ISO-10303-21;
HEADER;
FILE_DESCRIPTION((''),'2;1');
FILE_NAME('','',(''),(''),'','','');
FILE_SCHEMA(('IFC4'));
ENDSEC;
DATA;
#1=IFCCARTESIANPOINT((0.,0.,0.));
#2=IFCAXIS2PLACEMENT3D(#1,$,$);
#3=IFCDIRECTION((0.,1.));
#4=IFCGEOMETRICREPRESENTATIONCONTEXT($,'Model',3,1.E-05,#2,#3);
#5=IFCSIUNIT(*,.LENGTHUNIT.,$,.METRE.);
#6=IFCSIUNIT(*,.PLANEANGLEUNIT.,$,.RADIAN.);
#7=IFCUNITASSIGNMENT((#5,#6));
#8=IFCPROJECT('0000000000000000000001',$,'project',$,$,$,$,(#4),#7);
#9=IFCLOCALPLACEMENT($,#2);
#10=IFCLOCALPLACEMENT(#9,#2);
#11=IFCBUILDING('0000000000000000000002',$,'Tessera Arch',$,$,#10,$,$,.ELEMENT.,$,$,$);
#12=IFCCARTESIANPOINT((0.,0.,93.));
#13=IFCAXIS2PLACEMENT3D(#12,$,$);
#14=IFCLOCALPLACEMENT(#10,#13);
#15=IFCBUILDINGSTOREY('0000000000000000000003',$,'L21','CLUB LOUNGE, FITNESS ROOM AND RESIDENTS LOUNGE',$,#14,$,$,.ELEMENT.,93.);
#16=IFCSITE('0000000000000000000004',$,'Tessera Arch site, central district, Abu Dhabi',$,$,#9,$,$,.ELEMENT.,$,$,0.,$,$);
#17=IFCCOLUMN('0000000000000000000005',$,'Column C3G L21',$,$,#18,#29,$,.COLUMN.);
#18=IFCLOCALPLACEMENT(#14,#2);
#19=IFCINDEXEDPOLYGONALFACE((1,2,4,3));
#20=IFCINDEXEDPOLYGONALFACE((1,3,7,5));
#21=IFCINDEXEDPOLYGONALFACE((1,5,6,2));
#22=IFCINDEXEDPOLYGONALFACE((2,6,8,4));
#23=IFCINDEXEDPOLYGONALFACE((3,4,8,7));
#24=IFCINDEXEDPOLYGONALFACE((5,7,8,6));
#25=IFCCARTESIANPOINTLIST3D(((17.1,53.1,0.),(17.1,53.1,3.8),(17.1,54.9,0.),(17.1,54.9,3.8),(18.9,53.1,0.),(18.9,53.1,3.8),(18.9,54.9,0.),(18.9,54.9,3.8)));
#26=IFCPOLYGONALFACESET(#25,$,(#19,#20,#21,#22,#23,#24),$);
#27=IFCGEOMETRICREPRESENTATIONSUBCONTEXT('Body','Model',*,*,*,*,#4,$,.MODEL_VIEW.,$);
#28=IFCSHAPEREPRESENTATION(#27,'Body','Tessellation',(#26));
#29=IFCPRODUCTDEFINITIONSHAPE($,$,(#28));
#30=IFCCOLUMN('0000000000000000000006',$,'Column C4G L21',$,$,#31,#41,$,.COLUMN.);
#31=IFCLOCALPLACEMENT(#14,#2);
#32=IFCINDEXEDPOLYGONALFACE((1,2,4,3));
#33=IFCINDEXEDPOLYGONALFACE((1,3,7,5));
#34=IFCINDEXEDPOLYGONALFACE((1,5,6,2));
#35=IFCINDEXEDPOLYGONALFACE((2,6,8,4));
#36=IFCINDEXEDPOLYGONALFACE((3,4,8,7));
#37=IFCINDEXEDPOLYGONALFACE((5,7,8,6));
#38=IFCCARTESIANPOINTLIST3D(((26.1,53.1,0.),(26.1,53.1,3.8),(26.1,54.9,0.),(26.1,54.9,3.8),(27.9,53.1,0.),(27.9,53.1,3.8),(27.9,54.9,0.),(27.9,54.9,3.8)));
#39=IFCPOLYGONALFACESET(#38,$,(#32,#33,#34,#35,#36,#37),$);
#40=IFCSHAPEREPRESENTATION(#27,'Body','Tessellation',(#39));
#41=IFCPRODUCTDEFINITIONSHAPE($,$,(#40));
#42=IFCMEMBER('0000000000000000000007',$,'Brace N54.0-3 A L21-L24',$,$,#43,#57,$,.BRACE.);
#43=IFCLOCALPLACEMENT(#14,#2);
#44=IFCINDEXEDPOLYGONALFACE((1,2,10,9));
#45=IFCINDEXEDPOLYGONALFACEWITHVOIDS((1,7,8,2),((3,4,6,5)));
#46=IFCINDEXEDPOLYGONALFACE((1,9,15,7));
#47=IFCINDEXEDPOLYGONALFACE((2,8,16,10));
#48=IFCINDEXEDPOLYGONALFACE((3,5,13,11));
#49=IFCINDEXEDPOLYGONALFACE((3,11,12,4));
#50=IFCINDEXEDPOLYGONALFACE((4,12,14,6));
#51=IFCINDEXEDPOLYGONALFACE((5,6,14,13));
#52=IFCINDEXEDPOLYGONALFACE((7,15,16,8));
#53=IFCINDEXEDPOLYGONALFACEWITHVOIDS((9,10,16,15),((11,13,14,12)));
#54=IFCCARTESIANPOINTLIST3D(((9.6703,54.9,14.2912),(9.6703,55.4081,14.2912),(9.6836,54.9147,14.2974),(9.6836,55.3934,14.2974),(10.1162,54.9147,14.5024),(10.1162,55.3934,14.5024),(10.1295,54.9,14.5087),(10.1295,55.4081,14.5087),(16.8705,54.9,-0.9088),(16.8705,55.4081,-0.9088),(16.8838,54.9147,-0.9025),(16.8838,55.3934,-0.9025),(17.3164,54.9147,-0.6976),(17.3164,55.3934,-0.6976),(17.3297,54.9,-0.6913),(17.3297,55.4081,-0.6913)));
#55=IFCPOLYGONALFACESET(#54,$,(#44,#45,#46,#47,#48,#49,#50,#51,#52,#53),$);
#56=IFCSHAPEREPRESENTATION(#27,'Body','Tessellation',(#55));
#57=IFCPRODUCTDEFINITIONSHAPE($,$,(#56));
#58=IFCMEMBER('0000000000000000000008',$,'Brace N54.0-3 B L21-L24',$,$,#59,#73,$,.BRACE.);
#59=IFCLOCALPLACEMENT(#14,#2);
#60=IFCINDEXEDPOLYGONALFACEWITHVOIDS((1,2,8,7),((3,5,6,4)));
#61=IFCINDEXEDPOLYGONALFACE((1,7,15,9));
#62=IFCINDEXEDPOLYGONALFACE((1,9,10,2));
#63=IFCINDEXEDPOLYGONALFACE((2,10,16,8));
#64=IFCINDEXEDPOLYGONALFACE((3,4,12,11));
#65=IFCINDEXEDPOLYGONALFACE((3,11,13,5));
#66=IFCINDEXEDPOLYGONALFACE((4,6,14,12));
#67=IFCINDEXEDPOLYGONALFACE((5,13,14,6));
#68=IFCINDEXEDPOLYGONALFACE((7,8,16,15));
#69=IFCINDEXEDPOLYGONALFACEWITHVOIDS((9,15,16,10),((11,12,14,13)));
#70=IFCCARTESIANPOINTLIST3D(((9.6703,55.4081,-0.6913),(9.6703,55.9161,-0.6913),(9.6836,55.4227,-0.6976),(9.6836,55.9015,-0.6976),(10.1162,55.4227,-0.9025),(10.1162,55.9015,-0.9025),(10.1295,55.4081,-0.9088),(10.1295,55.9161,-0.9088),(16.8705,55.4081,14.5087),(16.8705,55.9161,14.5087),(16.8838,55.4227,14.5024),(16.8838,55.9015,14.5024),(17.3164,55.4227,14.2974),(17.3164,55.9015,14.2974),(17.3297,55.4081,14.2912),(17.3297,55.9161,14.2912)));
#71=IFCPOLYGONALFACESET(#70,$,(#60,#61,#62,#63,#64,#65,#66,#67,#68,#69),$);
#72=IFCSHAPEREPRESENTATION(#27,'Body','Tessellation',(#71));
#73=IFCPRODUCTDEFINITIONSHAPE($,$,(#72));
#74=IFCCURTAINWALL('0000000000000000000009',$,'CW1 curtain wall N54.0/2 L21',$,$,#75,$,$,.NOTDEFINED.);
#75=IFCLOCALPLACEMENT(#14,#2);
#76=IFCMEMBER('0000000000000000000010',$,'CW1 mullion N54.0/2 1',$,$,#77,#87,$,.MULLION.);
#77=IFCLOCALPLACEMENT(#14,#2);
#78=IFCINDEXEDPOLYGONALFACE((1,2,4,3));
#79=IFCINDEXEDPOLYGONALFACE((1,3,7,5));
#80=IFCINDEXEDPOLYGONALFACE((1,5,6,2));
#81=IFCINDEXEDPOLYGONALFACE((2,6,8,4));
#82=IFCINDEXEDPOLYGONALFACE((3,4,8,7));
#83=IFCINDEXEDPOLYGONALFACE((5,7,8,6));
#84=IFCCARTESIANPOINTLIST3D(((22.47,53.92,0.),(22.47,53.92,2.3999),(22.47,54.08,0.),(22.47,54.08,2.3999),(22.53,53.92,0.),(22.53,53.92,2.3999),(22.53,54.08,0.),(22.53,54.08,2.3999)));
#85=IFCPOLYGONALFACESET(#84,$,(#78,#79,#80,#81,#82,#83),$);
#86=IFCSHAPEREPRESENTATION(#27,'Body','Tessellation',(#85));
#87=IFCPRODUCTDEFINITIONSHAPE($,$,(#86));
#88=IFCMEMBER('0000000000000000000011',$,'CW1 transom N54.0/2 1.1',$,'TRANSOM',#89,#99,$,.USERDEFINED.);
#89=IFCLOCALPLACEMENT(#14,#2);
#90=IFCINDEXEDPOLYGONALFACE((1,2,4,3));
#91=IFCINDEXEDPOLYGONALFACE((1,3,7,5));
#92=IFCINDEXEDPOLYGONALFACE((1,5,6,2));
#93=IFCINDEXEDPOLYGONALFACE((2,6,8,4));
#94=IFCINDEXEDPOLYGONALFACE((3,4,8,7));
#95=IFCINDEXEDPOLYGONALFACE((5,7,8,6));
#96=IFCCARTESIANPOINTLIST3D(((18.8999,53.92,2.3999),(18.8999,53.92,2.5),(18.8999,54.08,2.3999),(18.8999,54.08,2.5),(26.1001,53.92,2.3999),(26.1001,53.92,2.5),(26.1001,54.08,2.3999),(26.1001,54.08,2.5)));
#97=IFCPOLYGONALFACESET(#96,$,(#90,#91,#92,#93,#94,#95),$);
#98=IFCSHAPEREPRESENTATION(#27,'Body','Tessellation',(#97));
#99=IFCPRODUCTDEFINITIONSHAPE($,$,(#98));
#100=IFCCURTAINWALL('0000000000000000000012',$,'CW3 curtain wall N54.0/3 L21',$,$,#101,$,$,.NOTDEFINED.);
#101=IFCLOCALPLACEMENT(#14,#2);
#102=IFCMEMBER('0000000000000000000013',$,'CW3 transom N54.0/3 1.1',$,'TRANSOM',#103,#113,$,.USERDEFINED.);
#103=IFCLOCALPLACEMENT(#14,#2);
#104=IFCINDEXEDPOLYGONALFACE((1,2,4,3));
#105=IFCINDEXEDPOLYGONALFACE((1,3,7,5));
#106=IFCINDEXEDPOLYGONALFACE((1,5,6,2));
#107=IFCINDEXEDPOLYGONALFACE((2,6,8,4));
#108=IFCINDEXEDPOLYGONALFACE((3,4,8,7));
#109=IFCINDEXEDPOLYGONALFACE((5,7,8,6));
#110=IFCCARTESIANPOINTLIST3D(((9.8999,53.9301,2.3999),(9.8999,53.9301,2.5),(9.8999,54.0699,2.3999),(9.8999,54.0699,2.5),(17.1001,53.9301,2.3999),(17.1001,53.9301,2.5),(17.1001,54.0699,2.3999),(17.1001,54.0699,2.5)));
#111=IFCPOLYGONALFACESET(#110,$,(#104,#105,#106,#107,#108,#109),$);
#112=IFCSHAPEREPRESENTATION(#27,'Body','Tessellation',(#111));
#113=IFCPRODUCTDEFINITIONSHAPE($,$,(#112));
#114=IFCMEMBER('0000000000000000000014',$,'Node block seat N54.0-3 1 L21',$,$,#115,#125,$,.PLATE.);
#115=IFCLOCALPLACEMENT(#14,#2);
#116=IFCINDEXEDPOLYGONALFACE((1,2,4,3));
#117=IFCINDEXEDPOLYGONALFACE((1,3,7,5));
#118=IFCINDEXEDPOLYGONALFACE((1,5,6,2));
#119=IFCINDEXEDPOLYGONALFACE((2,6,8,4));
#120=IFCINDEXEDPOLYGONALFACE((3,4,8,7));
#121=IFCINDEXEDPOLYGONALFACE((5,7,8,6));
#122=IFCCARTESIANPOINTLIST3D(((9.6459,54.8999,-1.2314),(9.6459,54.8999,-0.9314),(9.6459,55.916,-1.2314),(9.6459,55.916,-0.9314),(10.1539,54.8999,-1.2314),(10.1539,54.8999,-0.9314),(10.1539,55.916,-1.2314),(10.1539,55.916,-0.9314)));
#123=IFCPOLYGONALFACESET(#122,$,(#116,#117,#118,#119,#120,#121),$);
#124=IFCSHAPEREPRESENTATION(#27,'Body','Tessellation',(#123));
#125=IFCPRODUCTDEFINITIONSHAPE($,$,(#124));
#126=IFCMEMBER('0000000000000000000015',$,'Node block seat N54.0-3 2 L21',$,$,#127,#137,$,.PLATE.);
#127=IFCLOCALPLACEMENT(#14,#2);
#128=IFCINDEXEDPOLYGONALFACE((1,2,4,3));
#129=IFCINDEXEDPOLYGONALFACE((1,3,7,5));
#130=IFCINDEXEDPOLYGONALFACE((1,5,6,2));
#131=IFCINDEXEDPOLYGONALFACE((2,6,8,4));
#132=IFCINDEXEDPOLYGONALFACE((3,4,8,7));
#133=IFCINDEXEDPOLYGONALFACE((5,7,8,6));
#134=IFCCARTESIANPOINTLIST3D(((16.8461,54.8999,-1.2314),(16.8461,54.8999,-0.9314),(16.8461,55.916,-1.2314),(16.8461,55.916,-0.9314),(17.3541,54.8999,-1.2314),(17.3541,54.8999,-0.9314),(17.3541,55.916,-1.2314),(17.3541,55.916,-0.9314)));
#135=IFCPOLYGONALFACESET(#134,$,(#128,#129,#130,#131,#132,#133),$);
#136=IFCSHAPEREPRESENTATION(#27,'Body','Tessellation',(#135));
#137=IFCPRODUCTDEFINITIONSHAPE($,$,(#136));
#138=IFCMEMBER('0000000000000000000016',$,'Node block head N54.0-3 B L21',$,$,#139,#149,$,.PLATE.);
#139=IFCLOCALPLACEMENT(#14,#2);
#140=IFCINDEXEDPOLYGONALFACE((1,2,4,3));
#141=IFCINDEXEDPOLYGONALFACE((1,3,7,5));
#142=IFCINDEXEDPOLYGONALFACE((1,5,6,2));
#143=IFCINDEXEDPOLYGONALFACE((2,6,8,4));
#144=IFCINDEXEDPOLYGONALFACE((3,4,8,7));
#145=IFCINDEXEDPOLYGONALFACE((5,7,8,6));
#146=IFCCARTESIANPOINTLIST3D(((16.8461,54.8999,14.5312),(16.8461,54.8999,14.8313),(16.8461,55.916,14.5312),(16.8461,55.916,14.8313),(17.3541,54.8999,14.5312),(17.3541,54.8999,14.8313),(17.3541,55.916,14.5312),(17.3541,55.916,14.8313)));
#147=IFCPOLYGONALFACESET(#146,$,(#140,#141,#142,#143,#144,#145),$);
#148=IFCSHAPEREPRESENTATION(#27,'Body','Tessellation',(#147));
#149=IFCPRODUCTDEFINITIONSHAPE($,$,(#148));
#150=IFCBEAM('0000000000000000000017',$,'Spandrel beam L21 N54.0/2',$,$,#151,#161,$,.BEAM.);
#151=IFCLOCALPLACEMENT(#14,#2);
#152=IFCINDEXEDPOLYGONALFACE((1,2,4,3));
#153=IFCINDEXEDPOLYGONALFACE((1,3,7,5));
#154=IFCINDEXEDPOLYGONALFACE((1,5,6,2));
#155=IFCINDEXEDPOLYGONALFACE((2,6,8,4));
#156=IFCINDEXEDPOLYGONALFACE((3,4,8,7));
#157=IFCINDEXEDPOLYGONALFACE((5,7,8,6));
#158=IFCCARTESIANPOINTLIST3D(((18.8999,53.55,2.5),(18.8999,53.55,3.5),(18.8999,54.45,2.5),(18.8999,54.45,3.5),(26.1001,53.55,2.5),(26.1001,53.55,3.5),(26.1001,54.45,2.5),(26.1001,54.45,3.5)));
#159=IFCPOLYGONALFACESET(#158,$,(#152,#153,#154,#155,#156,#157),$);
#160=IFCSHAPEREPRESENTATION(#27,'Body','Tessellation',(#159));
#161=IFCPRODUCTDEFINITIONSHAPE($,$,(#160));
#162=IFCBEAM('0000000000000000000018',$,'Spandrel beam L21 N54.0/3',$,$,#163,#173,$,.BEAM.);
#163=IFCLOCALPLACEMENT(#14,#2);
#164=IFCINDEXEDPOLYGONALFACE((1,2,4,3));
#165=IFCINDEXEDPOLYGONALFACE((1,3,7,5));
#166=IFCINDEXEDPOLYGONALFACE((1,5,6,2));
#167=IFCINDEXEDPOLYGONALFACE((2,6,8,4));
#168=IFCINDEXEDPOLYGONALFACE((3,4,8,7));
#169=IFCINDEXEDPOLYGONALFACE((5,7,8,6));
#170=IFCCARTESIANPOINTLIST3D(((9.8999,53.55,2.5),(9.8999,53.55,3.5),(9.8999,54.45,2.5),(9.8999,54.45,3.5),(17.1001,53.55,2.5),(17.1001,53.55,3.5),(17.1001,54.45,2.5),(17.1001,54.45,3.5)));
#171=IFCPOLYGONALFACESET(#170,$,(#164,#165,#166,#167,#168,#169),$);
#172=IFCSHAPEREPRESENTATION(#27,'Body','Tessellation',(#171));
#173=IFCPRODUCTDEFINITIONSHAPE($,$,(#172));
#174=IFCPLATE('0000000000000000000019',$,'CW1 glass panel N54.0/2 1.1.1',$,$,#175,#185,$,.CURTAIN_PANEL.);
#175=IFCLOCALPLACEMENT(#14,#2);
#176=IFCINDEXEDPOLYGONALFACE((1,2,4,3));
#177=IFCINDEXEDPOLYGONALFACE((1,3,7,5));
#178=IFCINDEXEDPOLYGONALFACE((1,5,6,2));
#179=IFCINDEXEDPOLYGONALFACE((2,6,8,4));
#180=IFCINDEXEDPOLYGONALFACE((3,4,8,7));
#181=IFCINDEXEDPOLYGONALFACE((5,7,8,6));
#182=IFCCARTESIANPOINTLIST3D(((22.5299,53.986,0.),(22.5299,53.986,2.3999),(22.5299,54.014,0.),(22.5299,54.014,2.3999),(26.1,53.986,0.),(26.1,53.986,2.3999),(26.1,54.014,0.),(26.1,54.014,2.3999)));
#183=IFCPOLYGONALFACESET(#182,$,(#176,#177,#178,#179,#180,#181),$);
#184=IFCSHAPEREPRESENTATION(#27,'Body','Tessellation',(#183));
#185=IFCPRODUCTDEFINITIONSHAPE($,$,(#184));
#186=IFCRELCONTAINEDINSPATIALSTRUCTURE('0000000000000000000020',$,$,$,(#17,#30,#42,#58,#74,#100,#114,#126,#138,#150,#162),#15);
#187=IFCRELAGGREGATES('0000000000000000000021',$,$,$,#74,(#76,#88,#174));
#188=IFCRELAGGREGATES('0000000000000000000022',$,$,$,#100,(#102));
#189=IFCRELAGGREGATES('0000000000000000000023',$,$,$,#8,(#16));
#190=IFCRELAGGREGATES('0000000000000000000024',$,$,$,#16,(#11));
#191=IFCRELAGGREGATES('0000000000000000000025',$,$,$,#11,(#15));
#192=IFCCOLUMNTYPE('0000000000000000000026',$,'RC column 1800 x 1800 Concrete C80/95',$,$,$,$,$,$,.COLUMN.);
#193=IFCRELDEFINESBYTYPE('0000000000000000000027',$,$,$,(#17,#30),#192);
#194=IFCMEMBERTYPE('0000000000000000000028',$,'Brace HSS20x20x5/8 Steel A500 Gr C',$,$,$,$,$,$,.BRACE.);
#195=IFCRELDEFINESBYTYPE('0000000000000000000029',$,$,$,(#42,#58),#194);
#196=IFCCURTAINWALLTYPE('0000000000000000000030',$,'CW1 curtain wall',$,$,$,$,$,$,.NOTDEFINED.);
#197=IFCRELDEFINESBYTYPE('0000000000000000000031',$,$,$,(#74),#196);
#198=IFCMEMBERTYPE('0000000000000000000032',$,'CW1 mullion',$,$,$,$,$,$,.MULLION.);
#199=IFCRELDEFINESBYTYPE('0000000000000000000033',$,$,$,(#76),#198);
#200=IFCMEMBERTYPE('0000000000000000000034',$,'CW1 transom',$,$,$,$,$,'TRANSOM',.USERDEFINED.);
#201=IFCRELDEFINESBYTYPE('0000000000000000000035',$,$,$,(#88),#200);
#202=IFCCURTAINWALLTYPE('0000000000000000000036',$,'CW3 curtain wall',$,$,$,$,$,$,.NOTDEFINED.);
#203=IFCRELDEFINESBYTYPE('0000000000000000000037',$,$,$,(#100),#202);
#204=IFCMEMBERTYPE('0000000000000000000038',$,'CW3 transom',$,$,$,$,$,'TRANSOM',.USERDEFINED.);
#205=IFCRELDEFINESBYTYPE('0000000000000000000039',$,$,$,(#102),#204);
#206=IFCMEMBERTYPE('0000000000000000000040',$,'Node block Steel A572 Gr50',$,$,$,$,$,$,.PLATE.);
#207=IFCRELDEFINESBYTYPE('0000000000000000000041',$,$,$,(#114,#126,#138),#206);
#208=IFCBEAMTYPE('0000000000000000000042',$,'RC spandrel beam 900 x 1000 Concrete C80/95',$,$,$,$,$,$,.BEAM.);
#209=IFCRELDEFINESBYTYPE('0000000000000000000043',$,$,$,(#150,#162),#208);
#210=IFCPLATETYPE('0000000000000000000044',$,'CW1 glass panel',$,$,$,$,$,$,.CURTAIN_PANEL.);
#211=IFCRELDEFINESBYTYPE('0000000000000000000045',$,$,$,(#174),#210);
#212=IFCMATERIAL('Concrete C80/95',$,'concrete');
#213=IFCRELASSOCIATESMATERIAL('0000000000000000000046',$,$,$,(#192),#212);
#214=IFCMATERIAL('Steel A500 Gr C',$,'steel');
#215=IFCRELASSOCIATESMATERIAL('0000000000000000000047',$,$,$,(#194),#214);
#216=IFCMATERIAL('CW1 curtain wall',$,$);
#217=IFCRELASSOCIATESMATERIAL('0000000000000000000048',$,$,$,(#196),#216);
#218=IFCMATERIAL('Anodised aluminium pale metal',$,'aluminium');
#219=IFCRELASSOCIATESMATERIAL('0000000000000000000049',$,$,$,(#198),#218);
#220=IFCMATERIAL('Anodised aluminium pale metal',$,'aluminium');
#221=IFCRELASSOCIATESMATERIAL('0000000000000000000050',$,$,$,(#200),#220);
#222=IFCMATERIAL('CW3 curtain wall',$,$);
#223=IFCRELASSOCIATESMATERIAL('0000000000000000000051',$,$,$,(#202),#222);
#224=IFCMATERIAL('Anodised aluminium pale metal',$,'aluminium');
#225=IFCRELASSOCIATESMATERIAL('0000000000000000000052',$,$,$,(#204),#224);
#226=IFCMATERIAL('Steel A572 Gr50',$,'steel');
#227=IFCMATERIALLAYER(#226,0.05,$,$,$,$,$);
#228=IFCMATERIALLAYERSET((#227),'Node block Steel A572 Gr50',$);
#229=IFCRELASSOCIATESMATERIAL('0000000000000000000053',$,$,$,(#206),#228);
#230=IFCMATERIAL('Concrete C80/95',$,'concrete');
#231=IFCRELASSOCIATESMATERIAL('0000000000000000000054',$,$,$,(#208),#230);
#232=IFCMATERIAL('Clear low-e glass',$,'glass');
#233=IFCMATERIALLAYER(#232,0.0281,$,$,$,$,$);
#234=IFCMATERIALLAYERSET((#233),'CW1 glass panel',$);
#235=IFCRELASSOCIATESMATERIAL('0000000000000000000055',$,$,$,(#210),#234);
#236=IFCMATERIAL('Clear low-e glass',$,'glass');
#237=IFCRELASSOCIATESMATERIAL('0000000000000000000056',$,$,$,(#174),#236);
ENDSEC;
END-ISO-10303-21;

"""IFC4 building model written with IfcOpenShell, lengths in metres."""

from ifc_helpers import new_model, si_unit, direction, frame, origin, origin_2d, place, context, subcontext, project, spatial, rectangle, hollow_rectangle, extrude, material, layer, layer_set, material_profile, profile_set, type_object, element, aggregate, save


model = new_model("IFC4")

# Units and contexts
model_context = context("Model", 3, precision=1e-05, world=origin(), true_north=direction((0.0, 1.0)))
body_context = subcontext(model_context, "Body", "Model", "MODEL_VIEW")
ifc_project = project(units=[si_unit("LENGTHUNIT", "METRE"), si_unit("PLANEANGLEUNIT", "RADIAN")], contexts=[model_context])

# Site, building, storey
site_placement = place(None, origin())
site = spatial("IfcSite", under=ifc_project, at=site_placement, Name="Tessera Arch site, central district, Abu Dhabi", CompositionType="ELEMENT", RefElevation=0.0)
building_placement = place(site_placement, origin())
building = spatial("IfcBuilding", under=site, at=building_placement, Name="Tessera Arch", CompositionType="ELEMENT")
storey_placement = place(building_placement, frame((0.0, 0.0, 93.0)))
storey = spatial("IfcBuildingStorey", under=building, at=storey_placement, Name="L21", Description="CLUB LOUNGE, FITNESS ROOM AND RESIDENTS LOUNGE", CompositionType="ELEMENT", Elevation=93.0)

# Columns
ifc_material_1 = material(Name="Concrete C80/95", Category="concrete")
ifc_material_profile_1 = material_profile(ifc_material_1, rectangle(XDim=1.8, YDim=1.8, at=origin_2d()), Name="RC column 1800 x 1800 Concrete C80/95")
ifc_profile_set_1 = profile_set([ifc_material_profile_1], Name="Concrete C80/95")
column_type = type_object("IfcColumnType", Name="RC column 1800 x 1800 Concrete C80/95", PredefinedType="COLUMN", material=ifc_profile_set_1)
for number, where, z_axis, x_axis, name in (
    (1, (18.0, 54.0, 0.0), (0.0, 0.0, 1.0), (1.0, 0.0, 0.0), "Column C3G L21"),
    (2, (27.0, 54.0, 0.0), (0.0, 0.0, 1.0), (1.0, 0.0, 0.0), "Column C4G L21"),
):
    element("IfcColumn", number, at=place(storey_placement, frame(where, z_axis=z_axis, x_axis=x_axis)), inside=storey, type_object=column_type, Name=name, PredefinedType="COLUMN", context=body_context, shape_type="SweptSolid", body=[
        extrude(rectangle(XDim=1.8, YDim=1.8, at=origin_2d()), origin(), (0.0, 0.0, 1.0), 3.8),
    ])

# Members
ifc_material_2 = material(Name="Steel A500 Gr C", Category="steel")
ifc_material_profile_2 = material_profile(ifc_material_2, hollow_rectangle(XDim=0.5081, YDim=0.5081, WallThickness=0.0146, at=origin_2d()), Name="HSS20x20x5/8")
ifc_profile_set_2 = profile_set([ifc_material_profile_2], Name="Steel A500 Gr C")
member_type_1 = type_object("IfcMemberType", Name="Brace HSS20x20x5/8 Steel A500 Gr C", PredefinedType="BRACE", material=ifc_profile_set_2)
for number, where, z_axis, x_axis, name in (
    (3, (17.1001, 55.1541, -0.8), (-0.428097, 0.0, 0.903733), (0.0, -1.0, 0.0), "Brace N54.0-3 A L21-L24"),
    (4, (9.8999, 55.6621, -0.8), (0.428097, 0.0, 0.903733), (0.0, 1.0, 0.0), "Brace N54.0-3 B L21-L24"),
):
    element("IfcMember", number, at=place(storey_placement, frame(where, z_axis=z_axis, x_axis=x_axis)), inside=storey, type_object=member_type_1, Name=name, PredefinedType="BRACE", context=body_context, shape_type="SweptSolid", body=[
        extrude(hollow_rectangle(XDim=0.5081, YDim=0.5081, WallThickness=0.0146, at=origin_2d()), origin(), (0.0, 0.0, 1.0), 16.8191),
    ])

# Curtain wall, members
ifc_material_3 = material(Name="CW1 curtain wall")
curtain_wall_type_1 = type_object("IfcCurtainWallType", Name="CW1 curtain wall", PredefinedType="NOTDEFINED", material=ifc_material_3)
curtain_wall_1_placement = place(storey_placement, origin())
curtain_wall_1 = element("IfcCurtainWall", 5, at=curtain_wall_1_placement, inside=storey, type_object=curtain_wall_type_1, Name="CW1 curtain wall N54.0/2 L21", PredefinedType="NOTDEFINED")
ifc_material_4 = material(Name="Anodised aluminium pale metal", Category="aluminium")
ifc_material_profile_3 = material_profile(ifc_material_4, rectangle(XDim=0.1599, YDim=0.0601, at=origin_2d()), Name="AL 60x160")
ifc_profile_set_3 = profile_set([ifc_material_profile_3], Name="Anodised aluminium pale metal")
member_type_2 = type_object("IfcMemberType", Name="CW1 mullion", PredefinedType="MULLION", material=ifc_profile_set_3)
member_1_placement = place(storey_placement, frame((22.5, 54.0, 0.0), z_axis=(0.0, 0.0, 1.0), x_axis=(0.0, -1.0, 0.0)))
member_1 = element("IfcMember", 6, at=member_1_placement, type_object=member_type_2, Name="CW1 mullion N54.0/2 1", PredefinedType="MULLION", context=body_context, shape_type="SweptSolid", body=[
    extrude(rectangle(XDim=0.1599, YDim=0.0601, at=origin_2d()), origin(), (0.0, 0.0, 1.0), 2.3999),
])
ifc_material_5 = material(Name="Anodised aluminium pale metal", Category="aluminium")
ifc_material_profile_4 = material_profile(ifc_material_5, rectangle(XDim=0.1599, YDim=0.1001, at=origin_2d()), Name="AL 160x100")
ifc_profile_set_4 = profile_set([ifc_material_profile_4], Name="Anodised aluminium pale metal")
member_type_3 = type_object("IfcMemberType", Name="CW1 transom", ElementType="TRANSOM", PredefinedType="USERDEFINED", material=ifc_profile_set_4)
member_2_placement = place(storey_placement, frame((26.1001, 54.0, 2.45), z_axis=(-1.0, 0.0, 0.0), x_axis=(0.0, -1.0, 0.0)))
member_2 = element("IfcMember", 7, at=member_2_placement, type_object=member_type_3, Name="CW1 transom N54.0/2 1.1", ObjectType="TRANSOM", PredefinedType="USERDEFINED", context=body_context, shape_type="SweptSolid", body=[
    extrude(rectangle(XDim=0.1599, YDim=0.1001, at=origin_2d()), origin(), (0.0, 0.0, 1.0), 7.2002),
])

# Curtain wall, member
ifc_material_6 = material(Name="CW3 curtain wall")
curtain_wall_type_2 = type_object("IfcCurtainWallType", Name="CW3 curtain wall", PredefinedType="NOTDEFINED", material=ifc_material_6)
curtain_wall_2_placement = place(storey_placement, origin())
curtain_wall_2 = element("IfcCurtainWall", 8, at=curtain_wall_2_placement, inside=storey, type_object=curtain_wall_type_2, Name="CW3 curtain wall N54.0/3 L21", PredefinedType="NOTDEFINED")
ifc_material_7 = material(Name="Anodised aluminium pale metal", Category="aluminium")
ifc_material_profile_5 = material_profile(ifc_material_7, rectangle(XDim=0.1399, YDim=0.1001, at=origin_2d()), Name="AL 140x100")
ifc_profile_set_5 = profile_set([ifc_material_profile_5], Name="Anodised aluminium pale metal")
member_type_4 = type_object("IfcMemberType", Name="CW3 transom", ElementType="TRANSOM", PredefinedType="USERDEFINED", material=ifc_profile_set_5)
member_3_placement = place(storey_placement, frame((17.1001, 54.0, 2.45), z_axis=(-1.0, 0.0, 0.0), x_axis=(0.0, -1.0, 0.0)))
member_3 = element("IfcMember", 9, at=member_3_placement, type_object=member_type_4, Name="CW3 transom N54.0/3 1.1", ObjectType="TRANSOM", PredefinedType="USERDEFINED", context=body_context, shape_type="SweptSolid", body=[
    extrude(rectangle(XDim=0.1399, YDim=0.1001, at=origin_2d()), origin(), (0.0, 0.0, 1.0), 7.2002),
])

# Members
ifc_material_8 = material(Name="Steel A572 Gr50", Category="steel")
ifc_layer_1 = layer(ifc_material_8, 0.05)
ifc_layer_set_1 = layer_set([ifc_layer_1], Name="Node block Steel A572 Gr50")
member_type_5 = type_object("IfcMemberType", Name="Node block Steel A572 Gr50", PredefinedType="PLATE", material=ifc_layer_set_1)
for number, where, z_axis, x_axis, name in (
    (10, (9.8999, 55.408, -1.2314), (0.0, 0.0, 1.0), (-1.0, 0.0, 0.0), "Node block seat N54.0-3 1 L21"),
    (11, (17.1001, 55.408, -1.2314), (0.0, 0.0, 1.0), (-1.0, 0.0, 0.0), "Node block seat N54.0-3 2 L21"),
    (12, (17.1001, 55.408, 14.5312), (0.0, 0.0, 1.0), (-1.0, 0.0, 0.0), "Node block head N54.0-3 B L21"),
):
    element("IfcMember", number, at=place(storey_placement, frame(where, z_axis=z_axis, x_axis=x_axis)), inside=storey, type_object=member_type_5, Name=name, PredefinedType="PLATE", context=body_context, shape_type="SweptSolid", body=[
        extrude(rectangle(XDim=0.5081, YDim=1.0161, at=origin_2d()), origin(), (0.0, 0.0, 1.0), 0.3),
    ])

# Beams
ifc_material_9 = material(Name="Concrete C80/95", Category="concrete")
ifc_material_profile_6 = material_profile(ifc_material_9, rectangle(XDim=0.8999, YDim=1.0, at=origin_2d()), Name="RC spandrel beam 900 x 1000 Concrete C80/95")
ifc_profile_set_6 = profile_set([ifc_material_profile_6], Name="Concrete C80/95")
beam_type = type_object("IfcBeamType", Name="RC spandrel beam 900 x 1000 Concrete C80/95", PredefinedType="BEAM", material=ifc_profile_set_6)
for number, where, z_axis, x_axis, name in (
    (13, (26.1001, 54.0, 3.0), (-1.0, 0.0, 0.0), (0.0, -1.0, 0.0), "Spandrel beam L21 N54.0/2"),
    (14, (17.1001, 54.0, 3.0), (-1.0, 0.0, 0.0), (0.0, -1.0, 0.0), "Spandrel beam L21 N54.0/3"),
):
    element("IfcBeam", number, at=place(storey_placement, frame(where, z_axis=z_axis, x_axis=x_axis)), inside=storey, type_object=beam_type, Name=name, PredefinedType="BEAM", context=body_context, shape_type="SweptSolid", body=[
        extrude(rectangle(XDim=0.8999, YDim=1.0, at=origin_2d()), origin(), (0.0, 0.0, 1.0), 7.2002),
    ])

# Plate
ifc_material_10 = material(Name="Clear low-e glass", Category="glass")
ifc_material_11 = material(Name="Clear low-e glass", Category="glass")
ifc_layer_2 = layer(ifc_material_11, 0.0281)
ifc_layer_set_2 = layer_set([ifc_layer_2], Name="CW1 glass panel")
plate_type_1 = type_object("IfcPlateType", Name="CW1 glass panel", PredefinedType="CURTAIN_PANEL", material=ifc_layer_set_2)
plate_1_placement = place(storey_placement, frame((24.3149, 54.0, 0.0), z_axis=(0.0, 0.0, 1.0), x_axis=(-1.0, 0.0, 0.0)))
plate_1 = element("IfcPlate", 15, at=plate_1_placement, type_object=plate_type_1, material=ifc_material_10, Name="CW1 glass panel N54.0/2 1.1.1", PredefinedType="CURTAIN_PANEL", context=body_context, shape_type="SweptSolid", body=[
    extrude(rectangle(XDim=3.5701, YDim=0.0281, at=origin_2d()), origin(), (0.0, 0.0, 1.0), 2.3999),
])
aggregate(curtain_wall_1, [member_1, member_2, plate_1])
aggregate(curtain_wall_2, [member_3])

save(model, "model.ifc")
